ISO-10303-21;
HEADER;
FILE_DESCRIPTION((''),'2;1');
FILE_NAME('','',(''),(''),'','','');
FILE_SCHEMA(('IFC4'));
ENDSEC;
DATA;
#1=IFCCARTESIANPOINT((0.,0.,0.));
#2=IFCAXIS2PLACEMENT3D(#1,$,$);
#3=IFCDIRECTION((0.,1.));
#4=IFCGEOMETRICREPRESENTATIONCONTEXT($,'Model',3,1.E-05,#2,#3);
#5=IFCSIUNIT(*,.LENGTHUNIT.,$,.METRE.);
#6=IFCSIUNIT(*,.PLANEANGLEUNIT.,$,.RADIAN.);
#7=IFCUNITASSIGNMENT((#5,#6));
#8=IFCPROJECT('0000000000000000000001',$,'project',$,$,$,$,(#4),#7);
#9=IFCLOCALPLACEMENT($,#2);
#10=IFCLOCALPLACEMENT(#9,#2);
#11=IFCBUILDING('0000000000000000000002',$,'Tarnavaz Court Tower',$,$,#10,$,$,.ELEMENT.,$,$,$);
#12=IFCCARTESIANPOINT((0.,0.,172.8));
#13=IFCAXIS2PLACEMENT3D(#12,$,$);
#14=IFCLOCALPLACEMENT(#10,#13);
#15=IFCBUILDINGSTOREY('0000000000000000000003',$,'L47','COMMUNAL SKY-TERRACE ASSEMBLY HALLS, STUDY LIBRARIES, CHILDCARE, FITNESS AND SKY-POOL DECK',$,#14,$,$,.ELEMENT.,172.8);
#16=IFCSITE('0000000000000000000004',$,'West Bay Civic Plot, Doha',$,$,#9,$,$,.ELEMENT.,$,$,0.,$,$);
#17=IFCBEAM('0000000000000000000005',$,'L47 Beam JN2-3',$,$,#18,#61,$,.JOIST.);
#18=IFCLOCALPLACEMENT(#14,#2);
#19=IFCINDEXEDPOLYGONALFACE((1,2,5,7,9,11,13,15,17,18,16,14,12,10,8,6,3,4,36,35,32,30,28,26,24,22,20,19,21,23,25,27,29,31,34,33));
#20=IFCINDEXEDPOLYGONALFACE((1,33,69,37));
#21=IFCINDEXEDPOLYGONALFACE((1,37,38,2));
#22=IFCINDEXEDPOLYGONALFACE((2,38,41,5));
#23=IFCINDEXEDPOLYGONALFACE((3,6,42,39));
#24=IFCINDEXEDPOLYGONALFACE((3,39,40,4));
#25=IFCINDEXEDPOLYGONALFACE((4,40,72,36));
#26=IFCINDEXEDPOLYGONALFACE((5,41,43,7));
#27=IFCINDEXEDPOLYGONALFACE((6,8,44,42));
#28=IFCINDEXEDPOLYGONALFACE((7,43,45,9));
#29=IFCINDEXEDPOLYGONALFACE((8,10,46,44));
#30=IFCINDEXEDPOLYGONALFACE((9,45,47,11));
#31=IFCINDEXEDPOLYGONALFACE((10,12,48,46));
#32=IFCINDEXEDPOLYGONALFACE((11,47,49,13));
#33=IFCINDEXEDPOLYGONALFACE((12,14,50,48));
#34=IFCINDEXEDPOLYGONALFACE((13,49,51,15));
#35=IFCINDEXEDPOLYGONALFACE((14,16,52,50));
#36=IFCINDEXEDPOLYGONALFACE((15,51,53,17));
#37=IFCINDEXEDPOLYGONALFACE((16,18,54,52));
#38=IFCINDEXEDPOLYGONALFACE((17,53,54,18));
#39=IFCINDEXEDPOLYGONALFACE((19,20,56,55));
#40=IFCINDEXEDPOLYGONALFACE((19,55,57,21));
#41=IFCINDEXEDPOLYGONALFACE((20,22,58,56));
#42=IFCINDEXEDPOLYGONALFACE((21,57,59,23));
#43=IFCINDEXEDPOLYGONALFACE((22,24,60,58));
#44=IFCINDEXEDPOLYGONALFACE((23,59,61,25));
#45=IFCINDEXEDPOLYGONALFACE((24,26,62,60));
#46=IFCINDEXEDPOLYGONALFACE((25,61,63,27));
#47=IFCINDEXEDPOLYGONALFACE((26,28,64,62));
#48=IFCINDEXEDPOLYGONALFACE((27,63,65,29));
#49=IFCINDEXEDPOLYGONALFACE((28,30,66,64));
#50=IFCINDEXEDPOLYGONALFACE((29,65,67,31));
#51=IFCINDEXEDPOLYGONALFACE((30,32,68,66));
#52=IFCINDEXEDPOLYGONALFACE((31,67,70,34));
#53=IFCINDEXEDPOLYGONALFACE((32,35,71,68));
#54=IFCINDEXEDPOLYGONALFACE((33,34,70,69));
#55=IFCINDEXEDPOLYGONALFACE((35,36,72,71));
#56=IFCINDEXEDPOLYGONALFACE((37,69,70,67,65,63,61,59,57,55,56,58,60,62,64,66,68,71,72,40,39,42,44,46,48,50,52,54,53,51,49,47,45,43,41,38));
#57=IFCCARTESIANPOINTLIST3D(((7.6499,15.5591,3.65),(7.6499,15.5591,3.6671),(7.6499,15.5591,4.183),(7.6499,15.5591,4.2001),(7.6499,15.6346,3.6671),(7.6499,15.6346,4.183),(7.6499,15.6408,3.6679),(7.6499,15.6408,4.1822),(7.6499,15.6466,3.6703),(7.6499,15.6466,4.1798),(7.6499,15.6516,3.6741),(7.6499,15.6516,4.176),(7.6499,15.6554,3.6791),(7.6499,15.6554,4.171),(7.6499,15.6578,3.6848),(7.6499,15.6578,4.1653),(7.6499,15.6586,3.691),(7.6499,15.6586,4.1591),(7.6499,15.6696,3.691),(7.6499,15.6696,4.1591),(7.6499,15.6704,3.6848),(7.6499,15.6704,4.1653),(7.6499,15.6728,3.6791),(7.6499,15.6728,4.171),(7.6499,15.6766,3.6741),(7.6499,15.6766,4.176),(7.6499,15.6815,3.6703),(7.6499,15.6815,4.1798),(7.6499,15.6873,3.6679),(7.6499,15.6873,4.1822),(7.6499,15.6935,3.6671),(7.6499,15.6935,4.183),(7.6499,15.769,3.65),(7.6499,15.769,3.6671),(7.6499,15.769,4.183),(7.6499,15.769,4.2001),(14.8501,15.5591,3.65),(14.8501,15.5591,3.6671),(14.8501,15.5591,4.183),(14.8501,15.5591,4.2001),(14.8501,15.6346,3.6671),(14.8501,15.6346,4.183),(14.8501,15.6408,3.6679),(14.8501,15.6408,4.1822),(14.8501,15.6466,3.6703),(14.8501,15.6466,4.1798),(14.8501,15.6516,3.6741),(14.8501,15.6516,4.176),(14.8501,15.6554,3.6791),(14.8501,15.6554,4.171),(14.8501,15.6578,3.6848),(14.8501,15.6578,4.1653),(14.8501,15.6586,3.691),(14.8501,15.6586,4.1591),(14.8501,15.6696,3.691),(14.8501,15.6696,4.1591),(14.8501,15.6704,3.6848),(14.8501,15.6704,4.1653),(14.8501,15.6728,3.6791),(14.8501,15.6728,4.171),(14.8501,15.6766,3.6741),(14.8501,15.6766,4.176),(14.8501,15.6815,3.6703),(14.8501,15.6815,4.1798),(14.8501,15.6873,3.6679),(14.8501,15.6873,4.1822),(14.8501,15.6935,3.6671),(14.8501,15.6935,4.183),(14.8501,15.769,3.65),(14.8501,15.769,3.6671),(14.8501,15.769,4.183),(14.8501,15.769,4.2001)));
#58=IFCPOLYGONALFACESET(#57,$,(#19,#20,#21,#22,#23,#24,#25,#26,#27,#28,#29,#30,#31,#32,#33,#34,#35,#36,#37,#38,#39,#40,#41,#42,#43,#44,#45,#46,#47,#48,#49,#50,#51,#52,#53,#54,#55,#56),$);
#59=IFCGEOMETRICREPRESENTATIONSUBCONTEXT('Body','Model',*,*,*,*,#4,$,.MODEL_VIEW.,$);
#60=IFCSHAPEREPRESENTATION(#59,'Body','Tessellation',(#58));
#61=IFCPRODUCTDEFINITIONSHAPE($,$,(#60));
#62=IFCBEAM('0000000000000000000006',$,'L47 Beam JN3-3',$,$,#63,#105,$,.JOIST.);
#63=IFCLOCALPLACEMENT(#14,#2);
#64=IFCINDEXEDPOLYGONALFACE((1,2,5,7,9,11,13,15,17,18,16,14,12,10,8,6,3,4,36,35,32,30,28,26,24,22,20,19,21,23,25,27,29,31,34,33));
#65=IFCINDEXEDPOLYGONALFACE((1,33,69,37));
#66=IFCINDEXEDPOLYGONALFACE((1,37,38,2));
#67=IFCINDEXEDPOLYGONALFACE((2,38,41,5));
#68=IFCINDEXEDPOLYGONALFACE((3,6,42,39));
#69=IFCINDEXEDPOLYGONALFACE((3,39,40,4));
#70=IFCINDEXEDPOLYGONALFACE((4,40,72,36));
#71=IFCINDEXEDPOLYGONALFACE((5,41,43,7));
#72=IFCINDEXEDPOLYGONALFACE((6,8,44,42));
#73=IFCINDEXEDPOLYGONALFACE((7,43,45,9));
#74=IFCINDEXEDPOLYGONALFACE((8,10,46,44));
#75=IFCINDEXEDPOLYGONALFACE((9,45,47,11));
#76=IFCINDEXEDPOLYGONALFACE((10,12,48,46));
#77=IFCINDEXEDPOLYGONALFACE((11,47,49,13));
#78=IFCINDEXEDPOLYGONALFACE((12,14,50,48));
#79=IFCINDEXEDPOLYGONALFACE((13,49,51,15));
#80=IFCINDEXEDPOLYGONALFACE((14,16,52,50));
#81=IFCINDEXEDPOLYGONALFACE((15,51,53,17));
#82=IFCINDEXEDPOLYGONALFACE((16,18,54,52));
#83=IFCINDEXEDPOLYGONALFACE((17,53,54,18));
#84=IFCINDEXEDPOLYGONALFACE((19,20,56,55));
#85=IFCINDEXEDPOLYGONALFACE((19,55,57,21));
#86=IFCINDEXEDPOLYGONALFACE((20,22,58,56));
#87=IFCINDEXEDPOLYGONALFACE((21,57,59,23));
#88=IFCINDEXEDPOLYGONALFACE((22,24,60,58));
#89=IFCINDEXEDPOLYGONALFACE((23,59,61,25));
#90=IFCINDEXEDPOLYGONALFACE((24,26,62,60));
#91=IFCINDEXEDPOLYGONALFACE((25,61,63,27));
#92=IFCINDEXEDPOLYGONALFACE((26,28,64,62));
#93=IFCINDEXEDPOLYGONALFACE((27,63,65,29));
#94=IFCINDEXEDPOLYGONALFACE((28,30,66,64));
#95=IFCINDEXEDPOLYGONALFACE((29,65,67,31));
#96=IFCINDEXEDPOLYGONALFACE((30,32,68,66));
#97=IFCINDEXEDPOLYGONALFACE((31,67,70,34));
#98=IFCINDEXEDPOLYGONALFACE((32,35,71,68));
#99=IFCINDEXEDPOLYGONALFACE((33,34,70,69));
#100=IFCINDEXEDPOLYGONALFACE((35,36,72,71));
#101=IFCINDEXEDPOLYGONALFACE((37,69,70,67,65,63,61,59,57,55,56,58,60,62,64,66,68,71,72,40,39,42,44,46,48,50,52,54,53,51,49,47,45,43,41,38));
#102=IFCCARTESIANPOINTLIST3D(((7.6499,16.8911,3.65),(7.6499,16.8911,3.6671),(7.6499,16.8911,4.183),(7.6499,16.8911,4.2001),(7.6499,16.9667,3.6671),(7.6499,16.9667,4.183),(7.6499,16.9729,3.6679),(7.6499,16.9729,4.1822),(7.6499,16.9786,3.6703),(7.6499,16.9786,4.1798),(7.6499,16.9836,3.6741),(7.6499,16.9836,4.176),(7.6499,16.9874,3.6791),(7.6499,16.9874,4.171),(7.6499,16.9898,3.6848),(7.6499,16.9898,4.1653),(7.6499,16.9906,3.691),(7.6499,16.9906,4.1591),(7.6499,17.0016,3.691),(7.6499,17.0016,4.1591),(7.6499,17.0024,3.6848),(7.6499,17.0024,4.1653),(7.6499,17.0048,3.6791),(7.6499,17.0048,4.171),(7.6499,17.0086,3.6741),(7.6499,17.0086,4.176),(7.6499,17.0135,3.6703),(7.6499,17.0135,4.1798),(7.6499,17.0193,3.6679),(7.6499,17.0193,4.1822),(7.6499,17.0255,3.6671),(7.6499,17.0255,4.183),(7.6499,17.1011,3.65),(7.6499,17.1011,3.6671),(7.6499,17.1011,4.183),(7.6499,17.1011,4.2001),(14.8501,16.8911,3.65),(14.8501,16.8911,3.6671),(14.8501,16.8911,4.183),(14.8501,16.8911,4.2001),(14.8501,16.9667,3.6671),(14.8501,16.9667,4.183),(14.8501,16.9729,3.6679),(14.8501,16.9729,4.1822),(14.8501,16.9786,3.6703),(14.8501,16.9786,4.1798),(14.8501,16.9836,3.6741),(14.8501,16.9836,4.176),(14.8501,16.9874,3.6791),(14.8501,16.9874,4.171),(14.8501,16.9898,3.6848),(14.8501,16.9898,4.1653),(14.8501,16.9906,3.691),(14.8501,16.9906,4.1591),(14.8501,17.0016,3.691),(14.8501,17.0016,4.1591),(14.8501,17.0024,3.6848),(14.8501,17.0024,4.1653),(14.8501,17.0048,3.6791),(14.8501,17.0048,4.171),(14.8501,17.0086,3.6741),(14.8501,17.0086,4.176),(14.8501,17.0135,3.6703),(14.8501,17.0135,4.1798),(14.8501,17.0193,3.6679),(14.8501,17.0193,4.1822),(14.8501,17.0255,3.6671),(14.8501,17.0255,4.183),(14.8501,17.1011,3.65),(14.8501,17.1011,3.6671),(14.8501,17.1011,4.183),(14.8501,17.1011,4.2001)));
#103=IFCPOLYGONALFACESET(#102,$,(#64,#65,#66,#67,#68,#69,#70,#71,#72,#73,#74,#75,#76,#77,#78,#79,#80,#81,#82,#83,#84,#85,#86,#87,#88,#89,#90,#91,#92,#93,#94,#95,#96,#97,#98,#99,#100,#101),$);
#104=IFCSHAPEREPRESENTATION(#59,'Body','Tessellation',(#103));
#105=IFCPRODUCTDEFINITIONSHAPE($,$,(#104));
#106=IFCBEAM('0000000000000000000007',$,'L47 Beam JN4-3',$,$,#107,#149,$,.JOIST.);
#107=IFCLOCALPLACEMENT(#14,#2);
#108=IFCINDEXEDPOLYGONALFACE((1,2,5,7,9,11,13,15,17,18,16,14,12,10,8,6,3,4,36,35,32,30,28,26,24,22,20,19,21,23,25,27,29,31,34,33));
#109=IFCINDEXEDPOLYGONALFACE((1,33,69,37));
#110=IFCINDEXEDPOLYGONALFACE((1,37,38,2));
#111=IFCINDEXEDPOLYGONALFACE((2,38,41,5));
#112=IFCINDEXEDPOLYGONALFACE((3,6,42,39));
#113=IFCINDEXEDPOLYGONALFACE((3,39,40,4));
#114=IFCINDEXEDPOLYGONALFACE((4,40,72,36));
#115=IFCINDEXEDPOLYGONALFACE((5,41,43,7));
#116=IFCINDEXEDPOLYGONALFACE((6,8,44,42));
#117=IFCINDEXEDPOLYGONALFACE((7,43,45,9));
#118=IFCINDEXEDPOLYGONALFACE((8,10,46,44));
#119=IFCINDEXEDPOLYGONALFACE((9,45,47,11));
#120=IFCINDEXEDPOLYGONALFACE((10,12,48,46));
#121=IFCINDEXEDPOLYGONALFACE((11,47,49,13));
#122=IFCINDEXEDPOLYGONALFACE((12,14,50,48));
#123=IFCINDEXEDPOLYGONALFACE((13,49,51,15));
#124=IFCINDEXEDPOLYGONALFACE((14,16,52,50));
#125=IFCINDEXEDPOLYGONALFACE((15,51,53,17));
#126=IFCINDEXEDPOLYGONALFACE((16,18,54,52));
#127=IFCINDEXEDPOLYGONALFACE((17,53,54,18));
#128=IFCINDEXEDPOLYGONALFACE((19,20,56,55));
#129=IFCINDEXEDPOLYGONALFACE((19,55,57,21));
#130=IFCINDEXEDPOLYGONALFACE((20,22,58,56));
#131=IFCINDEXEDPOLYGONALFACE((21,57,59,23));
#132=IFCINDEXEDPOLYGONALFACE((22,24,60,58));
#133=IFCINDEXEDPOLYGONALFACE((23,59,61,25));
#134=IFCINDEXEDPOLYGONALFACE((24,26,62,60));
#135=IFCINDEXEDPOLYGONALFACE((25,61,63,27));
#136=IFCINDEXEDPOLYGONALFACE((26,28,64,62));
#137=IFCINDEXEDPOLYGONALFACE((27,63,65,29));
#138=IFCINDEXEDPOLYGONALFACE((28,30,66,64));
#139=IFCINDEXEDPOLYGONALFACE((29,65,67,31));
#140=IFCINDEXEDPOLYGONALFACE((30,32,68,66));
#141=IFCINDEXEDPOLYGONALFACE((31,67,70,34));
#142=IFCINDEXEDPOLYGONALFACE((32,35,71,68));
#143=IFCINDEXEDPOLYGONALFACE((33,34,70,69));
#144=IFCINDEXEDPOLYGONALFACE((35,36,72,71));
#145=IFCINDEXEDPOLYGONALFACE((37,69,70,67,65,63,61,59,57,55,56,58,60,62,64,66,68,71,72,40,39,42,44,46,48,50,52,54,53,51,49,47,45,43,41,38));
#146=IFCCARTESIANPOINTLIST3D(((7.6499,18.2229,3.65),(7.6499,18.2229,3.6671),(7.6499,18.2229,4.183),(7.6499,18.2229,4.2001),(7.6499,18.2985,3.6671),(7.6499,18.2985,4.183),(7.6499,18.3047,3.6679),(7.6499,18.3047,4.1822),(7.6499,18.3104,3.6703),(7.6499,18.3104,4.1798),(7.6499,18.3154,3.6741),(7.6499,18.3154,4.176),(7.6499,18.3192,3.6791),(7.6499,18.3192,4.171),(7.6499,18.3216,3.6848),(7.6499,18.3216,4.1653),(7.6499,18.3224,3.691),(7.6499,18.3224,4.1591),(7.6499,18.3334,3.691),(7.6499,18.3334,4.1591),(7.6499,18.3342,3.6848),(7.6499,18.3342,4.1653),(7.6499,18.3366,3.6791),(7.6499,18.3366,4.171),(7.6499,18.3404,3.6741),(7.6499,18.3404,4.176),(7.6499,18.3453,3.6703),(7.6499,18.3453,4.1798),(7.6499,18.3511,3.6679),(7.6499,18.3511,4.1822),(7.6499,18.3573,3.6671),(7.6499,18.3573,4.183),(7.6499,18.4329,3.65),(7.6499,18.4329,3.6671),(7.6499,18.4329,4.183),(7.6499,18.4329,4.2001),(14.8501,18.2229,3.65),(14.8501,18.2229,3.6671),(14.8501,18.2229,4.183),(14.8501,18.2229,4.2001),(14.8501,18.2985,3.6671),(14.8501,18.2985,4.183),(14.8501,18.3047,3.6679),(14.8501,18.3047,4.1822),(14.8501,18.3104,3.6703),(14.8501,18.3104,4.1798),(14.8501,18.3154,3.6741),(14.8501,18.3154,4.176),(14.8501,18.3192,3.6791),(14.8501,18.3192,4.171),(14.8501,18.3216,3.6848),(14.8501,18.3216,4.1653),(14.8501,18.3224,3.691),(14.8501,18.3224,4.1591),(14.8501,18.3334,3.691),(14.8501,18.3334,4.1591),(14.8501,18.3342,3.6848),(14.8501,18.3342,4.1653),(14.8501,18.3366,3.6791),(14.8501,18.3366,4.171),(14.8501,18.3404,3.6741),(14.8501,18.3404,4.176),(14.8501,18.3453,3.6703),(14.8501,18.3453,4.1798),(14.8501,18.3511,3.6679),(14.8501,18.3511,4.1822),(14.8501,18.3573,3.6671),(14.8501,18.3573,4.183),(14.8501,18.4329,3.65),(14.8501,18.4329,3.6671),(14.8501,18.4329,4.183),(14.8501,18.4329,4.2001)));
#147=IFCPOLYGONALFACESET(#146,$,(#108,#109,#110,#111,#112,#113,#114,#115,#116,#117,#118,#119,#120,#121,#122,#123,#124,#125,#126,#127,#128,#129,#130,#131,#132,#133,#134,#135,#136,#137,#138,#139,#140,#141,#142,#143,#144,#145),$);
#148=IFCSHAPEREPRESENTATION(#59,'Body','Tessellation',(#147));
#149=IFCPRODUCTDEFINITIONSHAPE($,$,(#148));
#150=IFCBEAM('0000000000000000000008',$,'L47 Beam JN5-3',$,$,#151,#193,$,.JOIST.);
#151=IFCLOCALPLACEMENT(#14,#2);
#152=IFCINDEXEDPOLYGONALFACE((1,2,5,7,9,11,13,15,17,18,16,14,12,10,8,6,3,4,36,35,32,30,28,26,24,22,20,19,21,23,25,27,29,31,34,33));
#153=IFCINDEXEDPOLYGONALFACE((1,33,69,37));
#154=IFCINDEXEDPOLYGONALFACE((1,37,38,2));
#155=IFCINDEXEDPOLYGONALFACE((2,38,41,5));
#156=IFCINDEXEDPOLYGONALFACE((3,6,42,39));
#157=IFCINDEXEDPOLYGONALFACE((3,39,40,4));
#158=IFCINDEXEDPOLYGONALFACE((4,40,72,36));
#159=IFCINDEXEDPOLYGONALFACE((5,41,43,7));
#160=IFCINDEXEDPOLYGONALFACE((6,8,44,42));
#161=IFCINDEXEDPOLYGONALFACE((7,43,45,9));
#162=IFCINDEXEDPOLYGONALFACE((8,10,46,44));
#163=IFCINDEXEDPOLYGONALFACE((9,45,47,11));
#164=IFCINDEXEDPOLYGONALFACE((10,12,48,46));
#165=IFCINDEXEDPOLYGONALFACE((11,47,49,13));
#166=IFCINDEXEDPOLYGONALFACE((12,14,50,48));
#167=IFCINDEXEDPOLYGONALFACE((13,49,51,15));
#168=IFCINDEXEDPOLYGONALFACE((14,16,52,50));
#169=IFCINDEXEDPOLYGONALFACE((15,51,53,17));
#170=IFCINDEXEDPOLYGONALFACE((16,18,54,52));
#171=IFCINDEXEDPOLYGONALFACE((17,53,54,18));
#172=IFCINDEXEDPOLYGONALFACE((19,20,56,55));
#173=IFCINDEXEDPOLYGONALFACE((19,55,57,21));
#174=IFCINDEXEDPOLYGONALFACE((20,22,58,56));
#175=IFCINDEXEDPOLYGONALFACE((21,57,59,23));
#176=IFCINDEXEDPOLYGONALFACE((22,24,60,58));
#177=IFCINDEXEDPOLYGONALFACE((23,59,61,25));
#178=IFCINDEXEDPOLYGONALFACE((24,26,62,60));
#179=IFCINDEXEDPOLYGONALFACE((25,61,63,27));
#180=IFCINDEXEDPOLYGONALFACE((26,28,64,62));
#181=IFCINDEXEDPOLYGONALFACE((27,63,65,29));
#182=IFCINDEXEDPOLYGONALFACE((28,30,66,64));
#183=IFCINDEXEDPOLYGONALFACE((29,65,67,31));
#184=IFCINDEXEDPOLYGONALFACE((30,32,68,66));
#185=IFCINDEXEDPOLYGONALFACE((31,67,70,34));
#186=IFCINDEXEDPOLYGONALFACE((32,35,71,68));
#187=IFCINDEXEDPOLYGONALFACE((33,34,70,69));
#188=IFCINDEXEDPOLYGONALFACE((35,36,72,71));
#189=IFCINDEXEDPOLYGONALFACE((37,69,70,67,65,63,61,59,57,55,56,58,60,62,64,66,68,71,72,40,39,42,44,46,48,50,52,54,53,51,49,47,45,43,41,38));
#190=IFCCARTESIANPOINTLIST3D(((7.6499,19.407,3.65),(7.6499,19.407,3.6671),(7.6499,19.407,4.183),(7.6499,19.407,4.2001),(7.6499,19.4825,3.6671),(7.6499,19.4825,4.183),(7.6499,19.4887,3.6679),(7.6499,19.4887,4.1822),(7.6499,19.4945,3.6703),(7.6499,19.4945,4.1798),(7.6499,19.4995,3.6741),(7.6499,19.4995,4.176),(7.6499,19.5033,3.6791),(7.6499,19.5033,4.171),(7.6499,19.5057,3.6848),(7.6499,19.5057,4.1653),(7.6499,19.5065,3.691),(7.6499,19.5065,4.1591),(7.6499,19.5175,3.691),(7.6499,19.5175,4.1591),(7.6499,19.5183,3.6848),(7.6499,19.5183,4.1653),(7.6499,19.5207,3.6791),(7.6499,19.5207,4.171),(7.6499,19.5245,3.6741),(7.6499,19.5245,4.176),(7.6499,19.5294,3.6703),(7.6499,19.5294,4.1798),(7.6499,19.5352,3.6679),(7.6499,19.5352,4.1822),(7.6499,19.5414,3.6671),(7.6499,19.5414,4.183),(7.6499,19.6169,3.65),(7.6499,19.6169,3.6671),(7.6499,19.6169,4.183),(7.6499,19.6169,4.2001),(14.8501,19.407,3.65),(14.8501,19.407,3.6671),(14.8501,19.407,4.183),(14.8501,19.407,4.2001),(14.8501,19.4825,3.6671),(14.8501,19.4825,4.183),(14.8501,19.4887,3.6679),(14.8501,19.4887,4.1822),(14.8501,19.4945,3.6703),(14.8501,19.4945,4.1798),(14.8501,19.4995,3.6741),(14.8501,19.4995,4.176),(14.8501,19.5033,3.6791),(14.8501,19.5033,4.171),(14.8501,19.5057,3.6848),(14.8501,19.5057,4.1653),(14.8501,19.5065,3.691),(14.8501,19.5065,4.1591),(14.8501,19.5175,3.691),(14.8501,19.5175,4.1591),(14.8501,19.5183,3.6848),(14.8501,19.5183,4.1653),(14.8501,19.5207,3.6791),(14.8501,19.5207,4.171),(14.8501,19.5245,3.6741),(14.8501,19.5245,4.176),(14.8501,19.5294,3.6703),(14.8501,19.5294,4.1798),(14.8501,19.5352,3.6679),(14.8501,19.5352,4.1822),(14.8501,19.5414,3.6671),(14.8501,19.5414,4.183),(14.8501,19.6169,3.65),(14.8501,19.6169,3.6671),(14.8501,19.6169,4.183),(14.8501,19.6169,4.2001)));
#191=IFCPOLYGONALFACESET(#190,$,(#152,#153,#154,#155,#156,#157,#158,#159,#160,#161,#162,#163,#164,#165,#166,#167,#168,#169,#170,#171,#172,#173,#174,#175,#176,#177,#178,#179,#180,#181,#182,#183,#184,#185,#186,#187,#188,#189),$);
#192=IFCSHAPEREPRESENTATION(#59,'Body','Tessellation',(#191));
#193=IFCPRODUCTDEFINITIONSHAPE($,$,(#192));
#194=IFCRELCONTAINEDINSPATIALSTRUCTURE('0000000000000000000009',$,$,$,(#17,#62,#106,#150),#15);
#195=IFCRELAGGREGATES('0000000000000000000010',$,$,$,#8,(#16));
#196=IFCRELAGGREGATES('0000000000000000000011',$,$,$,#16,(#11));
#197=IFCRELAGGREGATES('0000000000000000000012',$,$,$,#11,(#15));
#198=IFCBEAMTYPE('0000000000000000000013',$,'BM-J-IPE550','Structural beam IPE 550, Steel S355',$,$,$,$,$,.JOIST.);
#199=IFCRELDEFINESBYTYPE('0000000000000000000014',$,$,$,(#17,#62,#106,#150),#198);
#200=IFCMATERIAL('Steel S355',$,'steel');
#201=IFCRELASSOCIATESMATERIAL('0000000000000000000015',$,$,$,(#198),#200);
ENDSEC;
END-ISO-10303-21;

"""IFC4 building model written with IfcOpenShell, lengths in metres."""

from ifc_helpers import new_model, si_unit, direction, frame, origin, origin_2d, place, context, subcontext, project, spatial, i_section, extrude, material, material_profile, profile_set, type_object, element, save


model = new_model("IFC4")

# Units and contexts
model_context = context("Model", 3, precision=1e-05, world=origin(), true_north=direction((0.0, 1.0)))
body_context = subcontext(model_context, "Body", "Model", "MODEL_VIEW")
ifc_project = project(units=[si_unit("LENGTHUNIT", "METRE"), si_unit("PLANEANGLEUNIT", "RADIAN")], contexts=[model_context])

# Site, building, storey
site_placement = place(None, origin())
site = spatial("IfcSite", under=ifc_project, at=site_placement, Name="West Bay Civic Plot, Doha", CompositionType="ELEMENT", RefElevation=0.0)
building_placement = place(site_placement, origin())
building = spatial("IfcBuilding", under=site, at=building_placement, Name="Tarnavaz Court Tower", CompositionType="ELEMENT")
storey_placement = place(building_placement, frame((0.0, 0.0, 172.8)))
storey = spatial("IfcBuildingStorey", under=building, at=storey_placement, Name="L47", Description="COMMUNAL SKY-TERRACE ASSEMBLY HALLS, STUDY LIBRARIES, CHILDCARE, FITNESS AND SKY-POOL DECK", CompositionType="ELEMENT", Elevation=172.8)

# Beams
ifc_material_1 = material(Name="Steel S355", Category="steel")
ifc_material_profile_1 = material_profile(ifc_material_1, i_section(OverallWidth=0.21, OverallDepth=0.55, WebThickness=0.011, FlangeThickness=0.0171, FilletRadius=0.0239, at=origin_2d()), Name="IPE 550")
ifc_profile_set_1 = profile_set([ifc_material_profile_1], Name="Steel S355")
beam_type_1 = type_object("IfcBeamType", Name="BM-J-IPE550", Description="Structural beam IPE 550, Steel S355", PredefinedType="JOIST", material=ifc_profile_set_1)
for number, where, z_axis, x_axis, name in (
    (1, (7.6499, 15.6641, 3.925), (1.0, 0.0, 0.0), (0.0, 1.0, 0.0), "L47 Beam JN2-3"),
    (2, (7.6499, 16.9961, 3.925), (1.0, 0.0, 0.0), (0.0, 1.0, 0.0), "L47 Beam JN3-3"),
    (3, (7.6499, 18.3279, 3.925), (1.0, 0.0, 0.0), (0.0, 1.0, 0.0), "L47 Beam JN4-3"),
    (4, (7.6499, 19.512, 3.925), (1.0, 0.0, 0.0), (0.0, 1.0, 0.0), "L47 Beam JN5-3"),
):
    element("IfcBeam", number, at=place(storey_placement, frame(where, z_axis=z_axis, x_axis=x_axis)), inside=storey, type_object=beam_type_1, Name=name, PredefinedType="JOIST", context=body_context, shape_type="SweptSolid", body=[
        extrude(i_section(OverallWidth=0.21, OverallDepth=0.55, WebThickness=0.011, FlangeThickness=0.0171, FilletRadius=0.0239, at=origin_2d()), origin(), (0.0, 0.0, 1.0), 7.2002),
    ])

save(model, "model.ifc")
